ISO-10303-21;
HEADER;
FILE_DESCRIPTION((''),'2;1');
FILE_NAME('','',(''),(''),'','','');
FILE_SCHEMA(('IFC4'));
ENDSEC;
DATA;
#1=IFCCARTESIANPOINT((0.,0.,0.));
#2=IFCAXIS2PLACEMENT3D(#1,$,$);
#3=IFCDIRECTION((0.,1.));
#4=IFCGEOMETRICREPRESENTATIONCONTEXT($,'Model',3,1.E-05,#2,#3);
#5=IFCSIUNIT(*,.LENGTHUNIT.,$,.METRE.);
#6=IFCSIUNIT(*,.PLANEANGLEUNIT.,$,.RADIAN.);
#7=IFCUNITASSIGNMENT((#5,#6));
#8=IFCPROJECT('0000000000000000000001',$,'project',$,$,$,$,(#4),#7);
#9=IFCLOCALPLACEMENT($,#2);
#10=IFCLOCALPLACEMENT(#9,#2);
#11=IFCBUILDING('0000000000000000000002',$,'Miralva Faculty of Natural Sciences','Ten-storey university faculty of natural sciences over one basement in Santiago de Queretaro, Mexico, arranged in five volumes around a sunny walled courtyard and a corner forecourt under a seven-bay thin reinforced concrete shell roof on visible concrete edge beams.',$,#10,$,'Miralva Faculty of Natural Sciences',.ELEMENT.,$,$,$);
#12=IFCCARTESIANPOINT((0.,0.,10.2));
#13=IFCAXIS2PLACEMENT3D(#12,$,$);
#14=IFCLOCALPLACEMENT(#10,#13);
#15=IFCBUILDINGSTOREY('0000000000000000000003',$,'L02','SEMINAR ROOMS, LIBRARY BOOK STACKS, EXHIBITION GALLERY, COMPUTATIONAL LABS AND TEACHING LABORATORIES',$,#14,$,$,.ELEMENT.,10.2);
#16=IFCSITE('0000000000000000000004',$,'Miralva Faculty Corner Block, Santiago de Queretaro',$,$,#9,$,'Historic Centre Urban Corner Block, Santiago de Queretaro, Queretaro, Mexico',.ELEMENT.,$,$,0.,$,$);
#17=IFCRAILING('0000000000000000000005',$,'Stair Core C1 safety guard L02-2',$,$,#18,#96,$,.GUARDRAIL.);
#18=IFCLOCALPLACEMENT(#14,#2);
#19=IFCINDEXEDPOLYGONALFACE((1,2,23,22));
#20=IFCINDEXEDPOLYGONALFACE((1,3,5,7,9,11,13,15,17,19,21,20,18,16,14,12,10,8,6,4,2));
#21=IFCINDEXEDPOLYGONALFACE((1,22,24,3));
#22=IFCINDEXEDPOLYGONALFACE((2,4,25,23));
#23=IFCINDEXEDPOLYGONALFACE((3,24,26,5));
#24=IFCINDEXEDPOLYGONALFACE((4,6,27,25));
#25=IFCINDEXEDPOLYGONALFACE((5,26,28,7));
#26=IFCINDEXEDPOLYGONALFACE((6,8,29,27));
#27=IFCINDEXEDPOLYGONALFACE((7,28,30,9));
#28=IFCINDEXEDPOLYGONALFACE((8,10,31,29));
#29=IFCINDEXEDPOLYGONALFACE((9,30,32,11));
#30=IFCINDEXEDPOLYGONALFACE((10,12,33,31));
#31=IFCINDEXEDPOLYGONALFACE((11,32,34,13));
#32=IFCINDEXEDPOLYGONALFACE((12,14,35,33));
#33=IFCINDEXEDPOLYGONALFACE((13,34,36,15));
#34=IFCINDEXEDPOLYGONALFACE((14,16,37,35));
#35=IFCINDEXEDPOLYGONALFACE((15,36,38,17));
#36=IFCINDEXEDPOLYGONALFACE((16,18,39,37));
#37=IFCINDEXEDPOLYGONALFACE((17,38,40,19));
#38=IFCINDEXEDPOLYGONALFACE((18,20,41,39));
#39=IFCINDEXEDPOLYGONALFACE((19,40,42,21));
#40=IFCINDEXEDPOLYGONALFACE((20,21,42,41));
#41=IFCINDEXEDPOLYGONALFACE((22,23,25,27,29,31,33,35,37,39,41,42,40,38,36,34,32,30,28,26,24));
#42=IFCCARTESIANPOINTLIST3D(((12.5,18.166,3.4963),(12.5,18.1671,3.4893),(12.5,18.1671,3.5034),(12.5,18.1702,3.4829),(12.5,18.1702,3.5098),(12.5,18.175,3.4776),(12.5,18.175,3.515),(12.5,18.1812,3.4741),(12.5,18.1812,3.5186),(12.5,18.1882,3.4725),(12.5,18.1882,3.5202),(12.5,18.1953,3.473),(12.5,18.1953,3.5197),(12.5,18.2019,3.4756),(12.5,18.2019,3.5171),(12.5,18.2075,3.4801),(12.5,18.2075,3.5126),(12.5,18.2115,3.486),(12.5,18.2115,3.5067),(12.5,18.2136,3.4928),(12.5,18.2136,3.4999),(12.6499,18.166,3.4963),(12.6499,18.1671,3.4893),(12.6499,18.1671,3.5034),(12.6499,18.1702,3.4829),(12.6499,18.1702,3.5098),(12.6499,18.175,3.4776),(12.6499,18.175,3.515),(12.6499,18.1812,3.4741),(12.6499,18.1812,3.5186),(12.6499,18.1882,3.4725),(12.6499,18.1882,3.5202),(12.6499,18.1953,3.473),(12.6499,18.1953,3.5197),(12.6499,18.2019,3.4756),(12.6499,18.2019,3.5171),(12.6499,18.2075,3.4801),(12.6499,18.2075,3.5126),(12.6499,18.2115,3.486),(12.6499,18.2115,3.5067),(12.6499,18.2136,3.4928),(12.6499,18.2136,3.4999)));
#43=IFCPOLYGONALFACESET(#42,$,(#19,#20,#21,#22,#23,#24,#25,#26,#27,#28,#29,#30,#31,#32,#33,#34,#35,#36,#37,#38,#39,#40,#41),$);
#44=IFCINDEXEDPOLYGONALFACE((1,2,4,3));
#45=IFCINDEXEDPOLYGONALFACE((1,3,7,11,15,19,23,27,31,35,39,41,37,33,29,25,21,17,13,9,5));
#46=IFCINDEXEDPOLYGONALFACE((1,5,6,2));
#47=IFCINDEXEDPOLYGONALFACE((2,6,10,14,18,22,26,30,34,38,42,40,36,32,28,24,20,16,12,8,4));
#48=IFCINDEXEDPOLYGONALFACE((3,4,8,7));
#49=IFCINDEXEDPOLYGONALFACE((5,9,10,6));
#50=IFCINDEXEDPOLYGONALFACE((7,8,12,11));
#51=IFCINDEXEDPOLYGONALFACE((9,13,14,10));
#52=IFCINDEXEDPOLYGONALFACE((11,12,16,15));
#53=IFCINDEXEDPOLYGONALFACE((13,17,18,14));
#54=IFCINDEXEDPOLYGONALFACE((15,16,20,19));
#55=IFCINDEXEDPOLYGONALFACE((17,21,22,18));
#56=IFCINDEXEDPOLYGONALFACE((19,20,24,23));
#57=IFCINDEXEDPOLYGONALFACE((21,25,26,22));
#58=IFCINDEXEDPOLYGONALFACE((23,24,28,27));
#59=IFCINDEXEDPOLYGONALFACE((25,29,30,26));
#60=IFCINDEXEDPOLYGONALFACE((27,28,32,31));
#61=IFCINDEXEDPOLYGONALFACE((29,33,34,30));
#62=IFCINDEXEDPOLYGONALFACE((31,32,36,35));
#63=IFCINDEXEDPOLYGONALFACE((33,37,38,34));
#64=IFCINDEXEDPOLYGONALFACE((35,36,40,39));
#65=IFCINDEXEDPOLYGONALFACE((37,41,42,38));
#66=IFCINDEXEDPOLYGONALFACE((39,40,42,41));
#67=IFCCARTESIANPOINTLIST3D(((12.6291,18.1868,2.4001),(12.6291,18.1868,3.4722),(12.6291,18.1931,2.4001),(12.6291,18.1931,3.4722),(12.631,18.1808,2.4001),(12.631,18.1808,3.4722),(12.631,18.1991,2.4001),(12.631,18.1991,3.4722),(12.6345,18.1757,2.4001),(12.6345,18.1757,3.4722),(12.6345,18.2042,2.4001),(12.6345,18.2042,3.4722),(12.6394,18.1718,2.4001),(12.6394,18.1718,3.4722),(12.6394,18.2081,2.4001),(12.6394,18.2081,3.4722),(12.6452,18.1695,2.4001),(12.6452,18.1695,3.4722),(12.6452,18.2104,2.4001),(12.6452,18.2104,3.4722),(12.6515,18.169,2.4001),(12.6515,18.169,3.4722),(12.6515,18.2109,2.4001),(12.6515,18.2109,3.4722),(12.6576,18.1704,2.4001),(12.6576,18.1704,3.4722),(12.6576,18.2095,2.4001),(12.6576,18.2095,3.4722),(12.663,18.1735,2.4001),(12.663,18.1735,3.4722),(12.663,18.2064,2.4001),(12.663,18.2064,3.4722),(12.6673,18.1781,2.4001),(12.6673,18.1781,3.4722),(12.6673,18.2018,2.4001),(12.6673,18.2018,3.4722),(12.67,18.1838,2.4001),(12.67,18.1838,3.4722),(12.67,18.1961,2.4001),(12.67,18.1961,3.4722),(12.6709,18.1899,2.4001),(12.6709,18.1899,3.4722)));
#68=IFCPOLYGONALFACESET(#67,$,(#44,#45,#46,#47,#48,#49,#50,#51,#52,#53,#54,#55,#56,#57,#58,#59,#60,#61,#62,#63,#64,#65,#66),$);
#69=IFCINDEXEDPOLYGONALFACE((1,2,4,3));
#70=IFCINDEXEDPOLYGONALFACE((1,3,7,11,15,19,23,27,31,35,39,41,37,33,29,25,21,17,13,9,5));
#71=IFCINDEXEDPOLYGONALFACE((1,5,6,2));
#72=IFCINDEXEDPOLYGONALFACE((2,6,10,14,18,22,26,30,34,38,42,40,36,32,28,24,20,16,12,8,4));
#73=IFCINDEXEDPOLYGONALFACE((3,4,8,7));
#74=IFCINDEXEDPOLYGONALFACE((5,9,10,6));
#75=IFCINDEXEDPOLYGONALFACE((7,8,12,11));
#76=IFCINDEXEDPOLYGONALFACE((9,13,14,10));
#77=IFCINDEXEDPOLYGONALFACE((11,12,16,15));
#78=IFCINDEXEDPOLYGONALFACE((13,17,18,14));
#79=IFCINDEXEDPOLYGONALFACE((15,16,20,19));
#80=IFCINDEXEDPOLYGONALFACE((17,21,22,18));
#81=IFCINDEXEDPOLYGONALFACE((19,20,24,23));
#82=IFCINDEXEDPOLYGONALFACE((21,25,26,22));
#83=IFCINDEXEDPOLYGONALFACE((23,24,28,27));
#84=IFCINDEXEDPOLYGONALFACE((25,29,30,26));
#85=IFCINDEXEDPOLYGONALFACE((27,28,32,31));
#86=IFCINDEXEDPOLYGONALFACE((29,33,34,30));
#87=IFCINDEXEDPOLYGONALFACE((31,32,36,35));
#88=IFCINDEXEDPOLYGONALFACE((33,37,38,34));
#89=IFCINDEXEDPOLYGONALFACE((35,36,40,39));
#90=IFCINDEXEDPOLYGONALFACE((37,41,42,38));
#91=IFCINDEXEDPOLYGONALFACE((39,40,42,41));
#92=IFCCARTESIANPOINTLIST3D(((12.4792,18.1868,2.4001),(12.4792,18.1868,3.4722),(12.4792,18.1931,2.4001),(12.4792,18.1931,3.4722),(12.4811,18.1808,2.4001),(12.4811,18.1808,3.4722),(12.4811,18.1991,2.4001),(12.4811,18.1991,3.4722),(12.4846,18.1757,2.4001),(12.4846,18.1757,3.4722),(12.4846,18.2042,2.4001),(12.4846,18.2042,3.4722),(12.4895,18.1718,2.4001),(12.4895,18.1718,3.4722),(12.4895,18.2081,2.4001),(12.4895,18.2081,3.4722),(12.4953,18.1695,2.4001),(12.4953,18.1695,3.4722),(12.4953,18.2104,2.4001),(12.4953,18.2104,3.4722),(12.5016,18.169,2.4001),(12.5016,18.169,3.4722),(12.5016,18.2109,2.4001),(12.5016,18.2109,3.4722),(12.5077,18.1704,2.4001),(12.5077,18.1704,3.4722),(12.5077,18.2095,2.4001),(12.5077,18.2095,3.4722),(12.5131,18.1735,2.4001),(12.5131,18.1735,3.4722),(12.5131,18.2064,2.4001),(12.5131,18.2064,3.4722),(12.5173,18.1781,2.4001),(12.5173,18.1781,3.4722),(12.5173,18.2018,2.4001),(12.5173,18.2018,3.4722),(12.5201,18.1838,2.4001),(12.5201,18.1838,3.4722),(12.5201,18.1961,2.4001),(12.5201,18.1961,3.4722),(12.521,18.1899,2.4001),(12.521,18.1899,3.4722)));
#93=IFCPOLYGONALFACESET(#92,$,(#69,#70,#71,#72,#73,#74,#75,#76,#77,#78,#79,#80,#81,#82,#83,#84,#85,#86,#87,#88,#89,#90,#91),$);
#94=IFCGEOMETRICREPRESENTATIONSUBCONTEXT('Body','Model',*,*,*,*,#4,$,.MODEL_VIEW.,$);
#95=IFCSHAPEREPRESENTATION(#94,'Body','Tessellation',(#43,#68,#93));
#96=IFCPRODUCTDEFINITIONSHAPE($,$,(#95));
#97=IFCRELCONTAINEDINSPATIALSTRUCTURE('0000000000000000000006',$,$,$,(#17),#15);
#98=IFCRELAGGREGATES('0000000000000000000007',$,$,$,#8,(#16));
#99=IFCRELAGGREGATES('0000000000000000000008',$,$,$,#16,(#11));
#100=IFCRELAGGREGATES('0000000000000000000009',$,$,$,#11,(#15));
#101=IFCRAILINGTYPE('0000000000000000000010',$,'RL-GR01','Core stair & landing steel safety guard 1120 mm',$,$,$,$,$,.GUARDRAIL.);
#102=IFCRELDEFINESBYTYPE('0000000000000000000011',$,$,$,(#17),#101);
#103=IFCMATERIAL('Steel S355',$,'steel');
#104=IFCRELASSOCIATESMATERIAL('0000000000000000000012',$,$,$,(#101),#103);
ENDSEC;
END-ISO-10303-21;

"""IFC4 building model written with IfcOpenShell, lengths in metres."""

from ifc_helpers import new_model, si_unit, direction, frame, origin, origin_2d, place, context, subcontext, project, spatial, circle, extrude, material, type_object, element, save


model = new_model("IFC4")

# Units and contexts
model_context = context("Model", 3, precision=1e-05, world=origin(), true_north=direction((0.0, 1.0)))
body_context = subcontext(model_context, "Body", "Model", "MODEL_VIEW")
ifc_project = project(units=[si_unit("LENGTHUNIT", "METRE"), si_unit("PLANEANGLEUNIT", "RADIAN")], contexts=[model_context])

# Site, building, storey
site_placement = place(None, origin())
site = spatial("IfcSite", under=ifc_project, at=site_placement, Name="Miralva Faculty Corner Block, Santiago de Queretaro", LongName="Historic Centre Urban Corner Block, Santiago de Queretaro, Queretaro, Mexico", CompositionType="ELEMENT", RefElevation=0.0)
building_placement = place(site_placement, origin())
building = spatial("IfcBuilding", under=site, at=building_placement, Name="Miralva Faculty of Natural Sciences", Description="Ten-storey university faculty of natural sciences over one basement in Santiago de Queretaro, Mexico, arranged in five volumes around a sunny walled courtyard and a corner forecourt under a seven-bay thin reinforced concrete shell roof on visible concrete edge beams.", LongName="Miralva Faculty of Natural Sciences", CompositionType="ELEMENT")
storey_placement = place(building_placement, frame((0.0, 0.0, 10.2)))
storey = spatial("IfcBuildingStorey", under=building, at=storey_placement, Name="L02", Description="SEMINAR ROOMS, LIBRARY BOOK STACKS, EXHIBITION GALLERY, COMPUTATIONAL LABS AND TEACHING LABORATORIES", CompositionType="ELEMENT", Elevation=10.2)

# Railing
ifc_material_1 = material(Name="Steel S355", Category="steel")
railing_type_1 = type_object("IfcRailingType", Name="RL-GR01", Description="Core stair & landing steel safety guard 1120 mm", PredefinedType="GUARDRAIL", material=ifc_material_1)
railing_1_placement = place(storey_placement, frame((12.6499, 18.1899, 2.4001)))
element("IfcRailing", 1, at=railing_1_placement, inside=storey, type_object=railing_type_1, Name="Stair Core C1 safety guard L02-2", PredefinedType="GUARDRAIL", context=body_context, shape_type="SweptSolid", body=[
    extrude(circle(Radius=0.0239, at=origin_2d()), frame((0.0, 0.0, 1.0962), z_axis=(-1.0, 0.0, 0.0), x_axis=(0.0, -1.0, 0.0)), (0.0, 0.0, 1.0), 0.1499),
    extrude(circle(Radius=0.021, at=origin_2d()), origin(), (0.0, 0.0, 1.0), 1.072),
    extrude(circle(Radius=0.021, at=origin_2d()), frame((-0.1499, 0.0, 0.0)), (0.0, 0.0, 1.0), 1.072),
])

save(model, "model.ifc")
